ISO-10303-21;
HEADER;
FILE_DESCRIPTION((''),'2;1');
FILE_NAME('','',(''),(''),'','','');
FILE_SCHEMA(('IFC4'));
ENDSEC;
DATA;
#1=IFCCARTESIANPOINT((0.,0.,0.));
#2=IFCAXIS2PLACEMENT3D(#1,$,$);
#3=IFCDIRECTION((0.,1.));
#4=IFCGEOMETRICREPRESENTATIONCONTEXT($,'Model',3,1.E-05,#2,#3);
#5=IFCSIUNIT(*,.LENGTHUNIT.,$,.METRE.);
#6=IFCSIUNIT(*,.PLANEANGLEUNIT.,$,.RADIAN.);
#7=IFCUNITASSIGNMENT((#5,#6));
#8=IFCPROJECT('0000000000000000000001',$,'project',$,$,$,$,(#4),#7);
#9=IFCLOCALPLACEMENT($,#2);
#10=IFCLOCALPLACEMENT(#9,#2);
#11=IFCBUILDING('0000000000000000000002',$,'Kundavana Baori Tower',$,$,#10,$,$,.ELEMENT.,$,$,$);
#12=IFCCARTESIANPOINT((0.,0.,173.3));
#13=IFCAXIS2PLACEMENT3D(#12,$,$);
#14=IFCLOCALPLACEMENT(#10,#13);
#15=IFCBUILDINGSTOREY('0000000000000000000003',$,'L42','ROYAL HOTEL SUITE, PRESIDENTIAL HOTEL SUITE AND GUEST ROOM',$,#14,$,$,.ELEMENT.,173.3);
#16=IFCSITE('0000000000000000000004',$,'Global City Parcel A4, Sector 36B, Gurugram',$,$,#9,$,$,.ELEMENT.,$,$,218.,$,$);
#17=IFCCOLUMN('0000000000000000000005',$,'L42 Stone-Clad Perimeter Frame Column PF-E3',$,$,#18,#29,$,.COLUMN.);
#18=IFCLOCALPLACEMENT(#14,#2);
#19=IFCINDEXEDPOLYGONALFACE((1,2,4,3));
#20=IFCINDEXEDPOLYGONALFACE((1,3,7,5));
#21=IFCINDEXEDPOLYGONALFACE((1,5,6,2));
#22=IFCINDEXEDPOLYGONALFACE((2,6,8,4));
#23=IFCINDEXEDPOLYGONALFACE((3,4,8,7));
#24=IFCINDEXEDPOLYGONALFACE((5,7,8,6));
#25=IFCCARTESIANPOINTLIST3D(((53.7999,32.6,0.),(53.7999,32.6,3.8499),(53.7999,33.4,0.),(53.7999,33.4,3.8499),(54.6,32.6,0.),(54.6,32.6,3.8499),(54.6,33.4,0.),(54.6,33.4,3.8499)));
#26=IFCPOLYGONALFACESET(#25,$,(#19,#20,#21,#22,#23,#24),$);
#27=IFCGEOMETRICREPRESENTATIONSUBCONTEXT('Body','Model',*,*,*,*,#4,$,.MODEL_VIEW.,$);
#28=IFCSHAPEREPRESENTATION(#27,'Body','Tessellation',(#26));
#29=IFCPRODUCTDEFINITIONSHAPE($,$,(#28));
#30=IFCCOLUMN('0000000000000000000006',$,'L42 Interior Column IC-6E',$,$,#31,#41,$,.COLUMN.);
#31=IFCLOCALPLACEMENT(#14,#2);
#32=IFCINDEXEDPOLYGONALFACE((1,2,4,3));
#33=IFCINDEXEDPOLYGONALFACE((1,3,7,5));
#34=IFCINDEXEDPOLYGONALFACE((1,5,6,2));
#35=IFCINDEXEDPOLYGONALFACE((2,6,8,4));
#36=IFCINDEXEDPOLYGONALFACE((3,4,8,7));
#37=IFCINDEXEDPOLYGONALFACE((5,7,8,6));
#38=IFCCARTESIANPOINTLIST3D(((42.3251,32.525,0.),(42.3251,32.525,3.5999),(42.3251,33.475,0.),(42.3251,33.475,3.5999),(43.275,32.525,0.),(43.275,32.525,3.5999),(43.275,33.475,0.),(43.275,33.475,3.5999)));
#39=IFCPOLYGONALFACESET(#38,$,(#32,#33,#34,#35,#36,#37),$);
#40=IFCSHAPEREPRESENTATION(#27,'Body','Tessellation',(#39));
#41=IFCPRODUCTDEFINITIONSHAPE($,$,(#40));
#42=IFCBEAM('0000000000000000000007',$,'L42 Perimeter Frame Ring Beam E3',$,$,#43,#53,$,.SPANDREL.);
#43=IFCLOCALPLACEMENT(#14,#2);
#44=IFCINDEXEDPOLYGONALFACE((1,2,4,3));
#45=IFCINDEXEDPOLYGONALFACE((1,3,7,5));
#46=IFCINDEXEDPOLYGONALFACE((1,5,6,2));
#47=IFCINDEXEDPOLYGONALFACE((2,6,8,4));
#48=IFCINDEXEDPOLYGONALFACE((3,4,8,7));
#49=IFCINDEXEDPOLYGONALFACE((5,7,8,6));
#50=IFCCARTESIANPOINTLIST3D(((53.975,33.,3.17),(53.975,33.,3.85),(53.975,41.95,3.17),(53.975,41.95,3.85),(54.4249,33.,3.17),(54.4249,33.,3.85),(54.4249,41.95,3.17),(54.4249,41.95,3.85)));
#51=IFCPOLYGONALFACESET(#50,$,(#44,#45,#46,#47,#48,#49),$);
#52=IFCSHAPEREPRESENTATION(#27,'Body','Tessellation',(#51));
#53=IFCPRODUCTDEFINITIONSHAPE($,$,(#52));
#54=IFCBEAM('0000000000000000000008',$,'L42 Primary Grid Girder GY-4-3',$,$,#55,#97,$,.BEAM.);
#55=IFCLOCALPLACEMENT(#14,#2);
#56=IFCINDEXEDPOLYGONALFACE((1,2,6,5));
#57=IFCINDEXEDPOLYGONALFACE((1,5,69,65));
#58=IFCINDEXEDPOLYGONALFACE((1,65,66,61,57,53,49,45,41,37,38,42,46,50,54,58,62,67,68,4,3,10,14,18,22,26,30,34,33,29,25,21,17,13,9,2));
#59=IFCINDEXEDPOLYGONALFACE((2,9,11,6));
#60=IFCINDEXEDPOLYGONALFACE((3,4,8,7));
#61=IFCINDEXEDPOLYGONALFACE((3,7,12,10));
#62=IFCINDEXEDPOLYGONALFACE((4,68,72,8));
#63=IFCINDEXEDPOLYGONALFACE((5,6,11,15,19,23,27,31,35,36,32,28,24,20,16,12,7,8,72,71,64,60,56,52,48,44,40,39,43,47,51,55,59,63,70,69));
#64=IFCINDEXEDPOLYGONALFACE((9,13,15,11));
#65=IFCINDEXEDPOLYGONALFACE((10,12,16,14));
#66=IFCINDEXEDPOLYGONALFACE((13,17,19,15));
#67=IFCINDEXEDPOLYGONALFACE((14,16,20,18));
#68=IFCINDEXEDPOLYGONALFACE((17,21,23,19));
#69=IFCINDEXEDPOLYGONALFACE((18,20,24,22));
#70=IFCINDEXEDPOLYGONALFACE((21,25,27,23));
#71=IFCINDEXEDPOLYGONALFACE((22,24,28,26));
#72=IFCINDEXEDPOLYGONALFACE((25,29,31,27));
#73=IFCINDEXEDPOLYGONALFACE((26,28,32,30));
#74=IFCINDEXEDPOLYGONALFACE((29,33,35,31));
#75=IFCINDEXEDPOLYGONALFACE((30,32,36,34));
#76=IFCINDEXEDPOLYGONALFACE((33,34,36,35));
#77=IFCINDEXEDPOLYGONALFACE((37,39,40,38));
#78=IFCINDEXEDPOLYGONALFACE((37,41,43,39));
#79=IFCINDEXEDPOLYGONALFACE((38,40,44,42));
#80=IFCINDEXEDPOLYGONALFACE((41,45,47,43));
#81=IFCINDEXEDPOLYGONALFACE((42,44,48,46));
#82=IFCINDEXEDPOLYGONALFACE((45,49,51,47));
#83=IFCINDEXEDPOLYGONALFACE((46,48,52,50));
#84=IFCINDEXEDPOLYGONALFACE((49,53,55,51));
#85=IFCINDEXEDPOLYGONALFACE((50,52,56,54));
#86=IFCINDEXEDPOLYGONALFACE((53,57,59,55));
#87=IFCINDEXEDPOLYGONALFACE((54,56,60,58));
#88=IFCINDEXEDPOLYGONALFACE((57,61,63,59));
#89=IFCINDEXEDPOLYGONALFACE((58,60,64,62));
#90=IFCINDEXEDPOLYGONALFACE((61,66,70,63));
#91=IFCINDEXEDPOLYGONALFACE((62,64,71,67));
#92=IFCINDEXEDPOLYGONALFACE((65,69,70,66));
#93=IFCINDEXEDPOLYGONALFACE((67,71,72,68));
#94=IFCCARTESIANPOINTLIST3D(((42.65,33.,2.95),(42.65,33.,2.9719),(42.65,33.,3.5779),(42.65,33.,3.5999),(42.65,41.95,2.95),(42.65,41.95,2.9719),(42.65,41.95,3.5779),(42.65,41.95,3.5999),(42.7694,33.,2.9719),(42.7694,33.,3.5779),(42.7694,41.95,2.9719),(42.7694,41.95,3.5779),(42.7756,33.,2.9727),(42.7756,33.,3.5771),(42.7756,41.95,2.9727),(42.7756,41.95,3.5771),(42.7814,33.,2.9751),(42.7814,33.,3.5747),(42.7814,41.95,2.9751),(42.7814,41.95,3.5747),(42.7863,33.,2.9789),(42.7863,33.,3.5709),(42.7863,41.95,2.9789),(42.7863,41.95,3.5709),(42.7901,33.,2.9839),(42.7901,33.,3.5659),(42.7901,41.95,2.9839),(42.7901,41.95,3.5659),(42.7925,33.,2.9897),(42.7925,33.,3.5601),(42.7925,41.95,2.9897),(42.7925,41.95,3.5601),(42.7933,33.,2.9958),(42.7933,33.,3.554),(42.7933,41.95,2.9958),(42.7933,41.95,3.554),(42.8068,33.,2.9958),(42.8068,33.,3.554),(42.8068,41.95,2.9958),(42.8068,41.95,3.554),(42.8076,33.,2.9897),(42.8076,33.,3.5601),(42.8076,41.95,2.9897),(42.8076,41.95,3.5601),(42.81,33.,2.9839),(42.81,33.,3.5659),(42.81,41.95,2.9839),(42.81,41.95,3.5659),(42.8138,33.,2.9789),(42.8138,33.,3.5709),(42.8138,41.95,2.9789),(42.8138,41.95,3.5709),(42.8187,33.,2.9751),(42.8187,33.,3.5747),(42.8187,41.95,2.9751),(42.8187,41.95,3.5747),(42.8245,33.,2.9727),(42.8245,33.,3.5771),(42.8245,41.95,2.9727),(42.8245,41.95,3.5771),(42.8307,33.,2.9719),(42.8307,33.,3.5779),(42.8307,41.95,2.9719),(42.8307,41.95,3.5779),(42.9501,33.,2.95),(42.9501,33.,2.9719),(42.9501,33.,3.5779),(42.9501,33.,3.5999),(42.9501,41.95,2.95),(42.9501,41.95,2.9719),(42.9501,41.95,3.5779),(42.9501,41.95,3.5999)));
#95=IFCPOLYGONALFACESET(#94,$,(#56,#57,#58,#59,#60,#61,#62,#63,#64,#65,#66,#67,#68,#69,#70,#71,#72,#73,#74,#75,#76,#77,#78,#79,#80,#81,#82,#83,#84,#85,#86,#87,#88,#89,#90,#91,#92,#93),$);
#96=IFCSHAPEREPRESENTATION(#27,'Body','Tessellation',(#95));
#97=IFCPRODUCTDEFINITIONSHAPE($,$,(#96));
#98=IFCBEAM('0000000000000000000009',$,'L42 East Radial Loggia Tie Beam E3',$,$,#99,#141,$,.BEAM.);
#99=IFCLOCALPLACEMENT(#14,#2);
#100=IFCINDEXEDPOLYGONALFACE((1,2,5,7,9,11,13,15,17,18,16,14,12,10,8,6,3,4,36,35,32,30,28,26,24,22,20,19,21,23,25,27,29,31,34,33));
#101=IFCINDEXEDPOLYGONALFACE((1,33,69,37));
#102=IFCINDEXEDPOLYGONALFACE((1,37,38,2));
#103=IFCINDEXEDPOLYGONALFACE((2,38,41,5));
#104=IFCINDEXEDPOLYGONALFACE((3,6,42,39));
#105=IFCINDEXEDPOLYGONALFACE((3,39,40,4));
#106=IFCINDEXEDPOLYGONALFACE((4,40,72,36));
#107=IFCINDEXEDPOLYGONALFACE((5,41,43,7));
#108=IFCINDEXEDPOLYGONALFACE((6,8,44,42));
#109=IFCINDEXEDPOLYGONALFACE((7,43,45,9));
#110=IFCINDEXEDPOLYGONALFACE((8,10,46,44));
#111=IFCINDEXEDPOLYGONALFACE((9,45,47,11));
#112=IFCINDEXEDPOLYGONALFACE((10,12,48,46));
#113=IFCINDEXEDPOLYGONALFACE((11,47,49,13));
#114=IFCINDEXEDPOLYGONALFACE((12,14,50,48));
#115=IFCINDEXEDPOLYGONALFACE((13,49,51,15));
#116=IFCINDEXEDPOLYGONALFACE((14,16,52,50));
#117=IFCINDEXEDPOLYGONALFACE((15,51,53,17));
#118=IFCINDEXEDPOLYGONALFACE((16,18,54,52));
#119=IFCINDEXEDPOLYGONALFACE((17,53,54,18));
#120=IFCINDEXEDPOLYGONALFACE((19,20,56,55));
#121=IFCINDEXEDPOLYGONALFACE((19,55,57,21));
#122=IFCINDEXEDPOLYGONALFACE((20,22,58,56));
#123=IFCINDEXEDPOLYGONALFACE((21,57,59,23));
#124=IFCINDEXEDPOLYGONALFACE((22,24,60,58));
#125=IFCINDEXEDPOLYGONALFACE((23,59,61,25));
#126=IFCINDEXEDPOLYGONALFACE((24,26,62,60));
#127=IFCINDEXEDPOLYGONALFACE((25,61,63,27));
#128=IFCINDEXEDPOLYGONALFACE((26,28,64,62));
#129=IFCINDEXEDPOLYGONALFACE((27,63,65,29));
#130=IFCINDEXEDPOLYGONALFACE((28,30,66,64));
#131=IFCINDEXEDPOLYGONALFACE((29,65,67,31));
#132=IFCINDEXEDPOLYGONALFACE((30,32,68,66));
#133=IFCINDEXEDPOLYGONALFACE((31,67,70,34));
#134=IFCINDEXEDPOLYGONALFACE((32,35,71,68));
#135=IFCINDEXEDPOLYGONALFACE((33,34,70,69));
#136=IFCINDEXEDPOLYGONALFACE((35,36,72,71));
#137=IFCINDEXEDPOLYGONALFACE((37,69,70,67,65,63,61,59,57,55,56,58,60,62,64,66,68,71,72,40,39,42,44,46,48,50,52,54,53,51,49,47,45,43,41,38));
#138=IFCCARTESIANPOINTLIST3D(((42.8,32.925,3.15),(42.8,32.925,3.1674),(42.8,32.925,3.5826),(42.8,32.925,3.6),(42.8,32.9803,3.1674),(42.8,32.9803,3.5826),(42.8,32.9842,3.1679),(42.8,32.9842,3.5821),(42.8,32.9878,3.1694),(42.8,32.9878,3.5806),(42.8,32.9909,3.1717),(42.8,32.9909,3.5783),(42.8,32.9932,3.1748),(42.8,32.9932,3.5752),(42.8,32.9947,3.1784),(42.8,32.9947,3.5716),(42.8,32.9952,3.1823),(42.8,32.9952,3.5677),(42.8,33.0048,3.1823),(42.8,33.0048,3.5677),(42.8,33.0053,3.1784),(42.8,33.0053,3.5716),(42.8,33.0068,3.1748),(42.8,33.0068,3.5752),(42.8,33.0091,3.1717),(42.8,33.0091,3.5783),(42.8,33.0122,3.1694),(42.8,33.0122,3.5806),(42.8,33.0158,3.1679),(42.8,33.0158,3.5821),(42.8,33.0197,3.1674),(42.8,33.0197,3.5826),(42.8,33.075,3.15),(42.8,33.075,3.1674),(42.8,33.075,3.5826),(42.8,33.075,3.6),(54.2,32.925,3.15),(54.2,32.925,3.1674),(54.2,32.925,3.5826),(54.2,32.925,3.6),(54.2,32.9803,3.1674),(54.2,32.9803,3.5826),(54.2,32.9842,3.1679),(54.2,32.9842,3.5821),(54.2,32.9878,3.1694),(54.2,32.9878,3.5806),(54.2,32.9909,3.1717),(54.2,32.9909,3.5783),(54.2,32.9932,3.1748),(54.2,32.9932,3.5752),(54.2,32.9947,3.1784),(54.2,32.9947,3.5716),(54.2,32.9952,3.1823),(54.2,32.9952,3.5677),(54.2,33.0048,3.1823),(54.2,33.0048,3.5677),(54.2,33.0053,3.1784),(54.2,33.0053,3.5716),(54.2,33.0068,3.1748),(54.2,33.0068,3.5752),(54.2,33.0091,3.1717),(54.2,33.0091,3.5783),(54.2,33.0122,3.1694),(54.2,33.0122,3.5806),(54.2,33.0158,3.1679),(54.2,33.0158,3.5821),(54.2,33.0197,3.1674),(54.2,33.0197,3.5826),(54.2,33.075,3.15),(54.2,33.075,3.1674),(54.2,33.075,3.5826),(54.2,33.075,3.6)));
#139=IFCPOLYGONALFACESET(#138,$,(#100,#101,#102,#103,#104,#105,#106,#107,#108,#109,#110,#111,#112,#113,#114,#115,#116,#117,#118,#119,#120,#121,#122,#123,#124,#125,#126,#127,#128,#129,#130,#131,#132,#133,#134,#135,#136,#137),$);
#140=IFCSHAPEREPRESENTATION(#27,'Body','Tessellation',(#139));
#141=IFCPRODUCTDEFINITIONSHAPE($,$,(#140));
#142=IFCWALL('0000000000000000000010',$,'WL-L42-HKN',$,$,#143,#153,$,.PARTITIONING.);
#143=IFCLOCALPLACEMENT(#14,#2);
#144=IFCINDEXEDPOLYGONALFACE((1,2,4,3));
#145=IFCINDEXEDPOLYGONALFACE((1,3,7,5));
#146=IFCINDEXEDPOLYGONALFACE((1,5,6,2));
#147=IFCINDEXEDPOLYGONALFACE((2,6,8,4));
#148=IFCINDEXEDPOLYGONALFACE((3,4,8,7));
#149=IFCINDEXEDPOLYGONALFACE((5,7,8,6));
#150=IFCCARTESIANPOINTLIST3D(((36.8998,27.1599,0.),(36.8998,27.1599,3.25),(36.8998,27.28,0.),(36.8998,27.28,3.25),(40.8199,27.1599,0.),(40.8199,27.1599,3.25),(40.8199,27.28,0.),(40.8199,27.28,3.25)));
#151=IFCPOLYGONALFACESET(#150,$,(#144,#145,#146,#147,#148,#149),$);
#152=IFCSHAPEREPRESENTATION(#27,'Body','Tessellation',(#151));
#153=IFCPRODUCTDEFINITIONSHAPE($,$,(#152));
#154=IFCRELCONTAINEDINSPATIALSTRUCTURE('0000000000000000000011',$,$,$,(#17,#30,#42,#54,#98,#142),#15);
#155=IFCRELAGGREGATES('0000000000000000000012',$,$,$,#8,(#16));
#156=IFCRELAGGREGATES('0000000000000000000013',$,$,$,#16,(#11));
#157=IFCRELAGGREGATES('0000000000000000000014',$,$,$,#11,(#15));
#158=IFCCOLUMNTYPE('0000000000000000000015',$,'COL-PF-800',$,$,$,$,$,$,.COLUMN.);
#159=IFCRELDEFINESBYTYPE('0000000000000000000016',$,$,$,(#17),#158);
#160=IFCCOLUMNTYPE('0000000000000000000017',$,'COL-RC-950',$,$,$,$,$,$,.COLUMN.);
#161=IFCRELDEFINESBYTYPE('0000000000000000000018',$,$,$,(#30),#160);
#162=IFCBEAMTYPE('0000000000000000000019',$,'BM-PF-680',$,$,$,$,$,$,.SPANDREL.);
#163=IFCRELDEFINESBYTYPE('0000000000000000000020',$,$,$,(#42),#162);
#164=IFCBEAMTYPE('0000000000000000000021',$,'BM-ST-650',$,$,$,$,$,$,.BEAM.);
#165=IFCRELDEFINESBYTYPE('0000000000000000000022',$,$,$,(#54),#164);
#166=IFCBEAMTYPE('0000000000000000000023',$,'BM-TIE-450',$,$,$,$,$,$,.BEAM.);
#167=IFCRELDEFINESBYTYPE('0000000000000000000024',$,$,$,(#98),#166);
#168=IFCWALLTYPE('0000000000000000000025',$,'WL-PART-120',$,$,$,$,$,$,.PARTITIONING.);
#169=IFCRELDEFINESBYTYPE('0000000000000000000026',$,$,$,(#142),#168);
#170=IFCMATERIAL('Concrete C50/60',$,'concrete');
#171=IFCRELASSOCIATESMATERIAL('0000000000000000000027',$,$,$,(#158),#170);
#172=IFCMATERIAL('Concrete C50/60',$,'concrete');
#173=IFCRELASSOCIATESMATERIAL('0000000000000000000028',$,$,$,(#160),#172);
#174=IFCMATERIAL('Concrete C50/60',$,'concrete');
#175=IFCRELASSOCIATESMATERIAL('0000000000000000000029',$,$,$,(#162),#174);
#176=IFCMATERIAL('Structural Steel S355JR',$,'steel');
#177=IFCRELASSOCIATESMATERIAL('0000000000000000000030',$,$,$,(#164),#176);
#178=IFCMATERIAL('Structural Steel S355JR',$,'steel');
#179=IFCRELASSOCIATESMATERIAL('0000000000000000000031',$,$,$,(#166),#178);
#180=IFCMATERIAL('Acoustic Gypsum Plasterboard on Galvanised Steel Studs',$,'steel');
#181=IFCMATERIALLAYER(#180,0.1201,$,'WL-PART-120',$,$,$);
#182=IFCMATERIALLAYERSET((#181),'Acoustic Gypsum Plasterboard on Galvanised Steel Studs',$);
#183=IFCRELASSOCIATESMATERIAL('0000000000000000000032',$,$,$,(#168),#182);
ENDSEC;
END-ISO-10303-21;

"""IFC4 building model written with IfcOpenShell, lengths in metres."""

from ifc_helpers import new_model, si_unit, direction, frame, frame_2d, origin, origin_2d, place, context, subcontext, project, spatial, rectangle, i_section, extrude, material, layer, layer_set, material_profile, profile_set, type_object, element, save


model = new_model("IFC4")

# Units and contexts
model_context = context("Model", 3, precision=1e-05, world=origin(), true_north=direction((0.0, 1.0)))
body_context = subcontext(model_context, "Body", "Model", "MODEL_VIEW")
ifc_project = project(units=[si_unit("LENGTHUNIT", "METRE"), si_unit("PLANEANGLEUNIT", "RADIAN")], contexts=[model_context])

# Site, building, storey
site_placement = place(None, origin())
site = spatial("IfcSite", under=ifc_project, at=site_placement, Name="Global City Parcel A4, Sector 36B, Gurugram", CompositionType="ELEMENT", RefElevation=218.0)
building_placement = place(site_placement, origin())
building = spatial("IfcBuilding", under=site, at=building_placement, Name="Kundavana Baori Tower", CompositionType="ELEMENT")
storey_placement = place(building_placement, frame((0.0, 0.0, 173.3)))
storey = spatial("IfcBuildingStorey", under=building, at=storey_placement, Name="L42", Description="ROYAL HOTEL SUITE, PRESIDENTIAL HOTEL SUITE AND GUEST ROOM", CompositionType="ELEMENT", Elevation=173.3)

# Columns
ifc_material_1 = material(Name="Concrete C50/60", Category="concrete")
ifc_material_profile_1 = material_profile(ifc_material_1, rectangle(XDim=0.8, YDim=0.8, at=origin_2d()), Name="RC PF 800x800")
ifc_profile_set_1 = profile_set([ifc_material_profile_1], Name="Concrete C50/60")
column_type_1 = type_object("IfcColumnType", Name="COL-PF-800", PredefinedType="COLUMN", material=ifc_profile_set_1)
column_1_placement = place(storey_placement, frame((54.2, 33.0, 0.0), z_axis=(0.0, 0.0, 1.0), x_axis=(1.0, 0.0, 0.0)))
element("IfcColumn", 1, at=column_1_placement, inside=storey, type_object=column_type_1, Name="L42 Stone-Clad Perimeter Frame Column PF-E3", PredefinedType="COLUMN", context=body_context, shape_type="SweptSolid", body=[
    extrude(rectangle(XDim=0.8, YDim=0.8, at=origin_2d()), origin(), (0.0, 0.0, 1.0), 3.8499),
])
ifc_material_2 = material(Name="Concrete C50/60", Category="concrete")
ifc_material_profile_2 = material_profile(ifc_material_2, rectangle(XDim=0.95, YDim=0.95, at=origin_2d()), Name="RC 950x950")
ifc_profile_set_2 = profile_set([ifc_material_profile_2], Name="Concrete C50/60")
column_type_2 = type_object("IfcColumnType", Name="COL-RC-950", PredefinedType="COLUMN", material=ifc_profile_set_2)
column_2_placement = place(storey_placement, frame((42.8, 33.0, 0.0), z_axis=(0.0, 0.0, 1.0), x_axis=(1.0, 0.0, 0.0)))
element("IfcColumn", 2, at=column_2_placement, inside=storey, type_object=column_type_2, Name="L42 Interior Column IC-6E", PredefinedType="COLUMN", context=body_context, shape_type="SweptSolid", body=[
    extrude(rectangle(XDim=0.95, YDim=0.95, at=origin_2d()), origin(), (0.0, 0.0, 1.0), 3.5999),
])

# Beams
ifc_material_3 = material(Name="Concrete C50/60", Category="concrete")
ifc_material_profile_3 = material_profile(ifc_material_3, rectangle(XDim=0.45, YDim=0.6799, at=origin_2d()), Name="RC BM 450x680")
ifc_profile_set_3 = profile_set([ifc_material_profile_3], Name="Concrete C50/60")
beam_type_1 = type_object("IfcBeamType", Name="BM-PF-680", PredefinedType="SPANDREL", material=ifc_profile_set_3)
beam_1_placement = place(storey_placement, frame((54.2, 33.0, 3.51), z_axis=(0.0, 1.0, 0.0), x_axis=(-1.0, 0.0, 0.0)))
element("IfcBeam", 3, at=beam_1_placement, inside=storey, type_object=beam_type_1, Name="L42 Perimeter Frame Ring Beam E3", PredefinedType="SPANDREL", context=body_context, shape_type="SweptSolid", body=[
    extrude(rectangle(XDim=0.45, YDim=0.6799, at=origin_2d()), origin(), (0.0, 0.0, 1.0), 8.95),
])
ifc_material_4 = material(Name="Structural Steel S355JR", Category="steel")
ifc_material_profile_4 = material_profile(ifc_material_4, i_section(OverallWidth=0.3, OverallDepth=0.6499, WebThickness=0.0134, FlangeThickness=0.022, FilletRadius=0.0239, at=origin_2d()), Name="NPB 650x300x155")
ifc_profile_set_4 = profile_set([ifc_material_profile_4], Name="Structural Steel S355JR")
beam_type_2 = type_object("IfcBeamType", Name="BM-ST-650", PredefinedType="BEAM", material=ifc_profile_set_4)
beam_2_placement = place(storey_placement, frame((42.8, 33.0, 3.2749), z_axis=(0.0, 1.0, 0.0), x_axis=(-1.0, 0.0, 0.0)))
element("IfcBeam", 4, at=beam_2_placement, inside=storey, type_object=beam_type_2, Name="L42 Primary Grid Girder GY-4-3", PredefinedType="BEAM", context=body_context, shape_type="SweptSolid", body=[
    extrude(i_section(OverallWidth=0.3, OverallDepth=0.6499, WebThickness=0.0134, FlangeThickness=0.022, FilletRadius=0.0239, at=origin_2d()), origin(), (0.0, 0.0, 1.0), 8.95),
])
ifc_material_5 = material(Name="Structural Steel S355JR", Category="steel")
ifc_material_profile_5 = material_profile(ifc_material_5, i_section(OverallWidth=0.1499, OverallDepth=0.45, WebThickness=0.0095, FlangeThickness=0.0173, FilletRadius=0.0149, at=origin_2d()), Name="ISMB 450")
ifc_profile_set_5 = profile_set([ifc_material_profile_5], Name="Structural Steel S355JR")
beam_type_3 = type_object("IfcBeamType", Name="BM-TIE-450", PredefinedType="BEAM", material=ifc_profile_set_5)
beam_3_placement = place(storey_placement, frame((42.8, 33.0, 3.375), z_axis=(1.0, 0.0, 0.0), x_axis=(0.0, 1.0, 0.0)))
element("IfcBeam", 5, at=beam_3_placement, inside=storey, type_object=beam_type_3, Name="L42 East Radial Loggia Tie Beam E3", PredefinedType="BEAM", context=body_context, shape_type="SweptSolid", body=[
    extrude(i_section(OverallWidth=0.1499, OverallDepth=0.45, WebThickness=0.0095, FlangeThickness=0.0173, FilletRadius=0.0149, at=origin_2d()), origin(), (0.0, 0.0, 1.0), 11.3999),
])

# Wall
ifc_material_6 = material(Name="Acoustic Gypsum Plasterboard on Galvanised Steel Studs", Category="steel")
ifc_layer_1 = layer(ifc_material_6, 0.1201, Name="WL-PART-120")
ifc_layer_set_1 = layer_set([ifc_layer_1], Name="Acoustic Gypsum Plasterboard on Galvanised Steel Studs")
wall_type_1 = type_object("IfcWallType", Name="WL-PART-120", PredefinedType="PARTITIONING", material=ifc_layer_set_1)
wall_1_placement = place(storey_placement, frame((36.8999, 27.22, 0.0), z_axis=(0.0, 0.0, 1.0), x_axis=(1.0, 0.0, 0.0)))
element("IfcWall", 6, at=wall_1_placement, inside=storey, type_object=wall_type_1, Name="WL-L42-HKN", PredefinedType="PARTITIONING", context=body_context, shape_type="SweptSolid", body=[
    extrude(rectangle(XDim=3.9202, YDim=0.1201, at=frame_2d((1.96, 0.0))), origin(), (0.0, 0.0, 1.0), 3.25),
])

save(model, "model.ifc")
